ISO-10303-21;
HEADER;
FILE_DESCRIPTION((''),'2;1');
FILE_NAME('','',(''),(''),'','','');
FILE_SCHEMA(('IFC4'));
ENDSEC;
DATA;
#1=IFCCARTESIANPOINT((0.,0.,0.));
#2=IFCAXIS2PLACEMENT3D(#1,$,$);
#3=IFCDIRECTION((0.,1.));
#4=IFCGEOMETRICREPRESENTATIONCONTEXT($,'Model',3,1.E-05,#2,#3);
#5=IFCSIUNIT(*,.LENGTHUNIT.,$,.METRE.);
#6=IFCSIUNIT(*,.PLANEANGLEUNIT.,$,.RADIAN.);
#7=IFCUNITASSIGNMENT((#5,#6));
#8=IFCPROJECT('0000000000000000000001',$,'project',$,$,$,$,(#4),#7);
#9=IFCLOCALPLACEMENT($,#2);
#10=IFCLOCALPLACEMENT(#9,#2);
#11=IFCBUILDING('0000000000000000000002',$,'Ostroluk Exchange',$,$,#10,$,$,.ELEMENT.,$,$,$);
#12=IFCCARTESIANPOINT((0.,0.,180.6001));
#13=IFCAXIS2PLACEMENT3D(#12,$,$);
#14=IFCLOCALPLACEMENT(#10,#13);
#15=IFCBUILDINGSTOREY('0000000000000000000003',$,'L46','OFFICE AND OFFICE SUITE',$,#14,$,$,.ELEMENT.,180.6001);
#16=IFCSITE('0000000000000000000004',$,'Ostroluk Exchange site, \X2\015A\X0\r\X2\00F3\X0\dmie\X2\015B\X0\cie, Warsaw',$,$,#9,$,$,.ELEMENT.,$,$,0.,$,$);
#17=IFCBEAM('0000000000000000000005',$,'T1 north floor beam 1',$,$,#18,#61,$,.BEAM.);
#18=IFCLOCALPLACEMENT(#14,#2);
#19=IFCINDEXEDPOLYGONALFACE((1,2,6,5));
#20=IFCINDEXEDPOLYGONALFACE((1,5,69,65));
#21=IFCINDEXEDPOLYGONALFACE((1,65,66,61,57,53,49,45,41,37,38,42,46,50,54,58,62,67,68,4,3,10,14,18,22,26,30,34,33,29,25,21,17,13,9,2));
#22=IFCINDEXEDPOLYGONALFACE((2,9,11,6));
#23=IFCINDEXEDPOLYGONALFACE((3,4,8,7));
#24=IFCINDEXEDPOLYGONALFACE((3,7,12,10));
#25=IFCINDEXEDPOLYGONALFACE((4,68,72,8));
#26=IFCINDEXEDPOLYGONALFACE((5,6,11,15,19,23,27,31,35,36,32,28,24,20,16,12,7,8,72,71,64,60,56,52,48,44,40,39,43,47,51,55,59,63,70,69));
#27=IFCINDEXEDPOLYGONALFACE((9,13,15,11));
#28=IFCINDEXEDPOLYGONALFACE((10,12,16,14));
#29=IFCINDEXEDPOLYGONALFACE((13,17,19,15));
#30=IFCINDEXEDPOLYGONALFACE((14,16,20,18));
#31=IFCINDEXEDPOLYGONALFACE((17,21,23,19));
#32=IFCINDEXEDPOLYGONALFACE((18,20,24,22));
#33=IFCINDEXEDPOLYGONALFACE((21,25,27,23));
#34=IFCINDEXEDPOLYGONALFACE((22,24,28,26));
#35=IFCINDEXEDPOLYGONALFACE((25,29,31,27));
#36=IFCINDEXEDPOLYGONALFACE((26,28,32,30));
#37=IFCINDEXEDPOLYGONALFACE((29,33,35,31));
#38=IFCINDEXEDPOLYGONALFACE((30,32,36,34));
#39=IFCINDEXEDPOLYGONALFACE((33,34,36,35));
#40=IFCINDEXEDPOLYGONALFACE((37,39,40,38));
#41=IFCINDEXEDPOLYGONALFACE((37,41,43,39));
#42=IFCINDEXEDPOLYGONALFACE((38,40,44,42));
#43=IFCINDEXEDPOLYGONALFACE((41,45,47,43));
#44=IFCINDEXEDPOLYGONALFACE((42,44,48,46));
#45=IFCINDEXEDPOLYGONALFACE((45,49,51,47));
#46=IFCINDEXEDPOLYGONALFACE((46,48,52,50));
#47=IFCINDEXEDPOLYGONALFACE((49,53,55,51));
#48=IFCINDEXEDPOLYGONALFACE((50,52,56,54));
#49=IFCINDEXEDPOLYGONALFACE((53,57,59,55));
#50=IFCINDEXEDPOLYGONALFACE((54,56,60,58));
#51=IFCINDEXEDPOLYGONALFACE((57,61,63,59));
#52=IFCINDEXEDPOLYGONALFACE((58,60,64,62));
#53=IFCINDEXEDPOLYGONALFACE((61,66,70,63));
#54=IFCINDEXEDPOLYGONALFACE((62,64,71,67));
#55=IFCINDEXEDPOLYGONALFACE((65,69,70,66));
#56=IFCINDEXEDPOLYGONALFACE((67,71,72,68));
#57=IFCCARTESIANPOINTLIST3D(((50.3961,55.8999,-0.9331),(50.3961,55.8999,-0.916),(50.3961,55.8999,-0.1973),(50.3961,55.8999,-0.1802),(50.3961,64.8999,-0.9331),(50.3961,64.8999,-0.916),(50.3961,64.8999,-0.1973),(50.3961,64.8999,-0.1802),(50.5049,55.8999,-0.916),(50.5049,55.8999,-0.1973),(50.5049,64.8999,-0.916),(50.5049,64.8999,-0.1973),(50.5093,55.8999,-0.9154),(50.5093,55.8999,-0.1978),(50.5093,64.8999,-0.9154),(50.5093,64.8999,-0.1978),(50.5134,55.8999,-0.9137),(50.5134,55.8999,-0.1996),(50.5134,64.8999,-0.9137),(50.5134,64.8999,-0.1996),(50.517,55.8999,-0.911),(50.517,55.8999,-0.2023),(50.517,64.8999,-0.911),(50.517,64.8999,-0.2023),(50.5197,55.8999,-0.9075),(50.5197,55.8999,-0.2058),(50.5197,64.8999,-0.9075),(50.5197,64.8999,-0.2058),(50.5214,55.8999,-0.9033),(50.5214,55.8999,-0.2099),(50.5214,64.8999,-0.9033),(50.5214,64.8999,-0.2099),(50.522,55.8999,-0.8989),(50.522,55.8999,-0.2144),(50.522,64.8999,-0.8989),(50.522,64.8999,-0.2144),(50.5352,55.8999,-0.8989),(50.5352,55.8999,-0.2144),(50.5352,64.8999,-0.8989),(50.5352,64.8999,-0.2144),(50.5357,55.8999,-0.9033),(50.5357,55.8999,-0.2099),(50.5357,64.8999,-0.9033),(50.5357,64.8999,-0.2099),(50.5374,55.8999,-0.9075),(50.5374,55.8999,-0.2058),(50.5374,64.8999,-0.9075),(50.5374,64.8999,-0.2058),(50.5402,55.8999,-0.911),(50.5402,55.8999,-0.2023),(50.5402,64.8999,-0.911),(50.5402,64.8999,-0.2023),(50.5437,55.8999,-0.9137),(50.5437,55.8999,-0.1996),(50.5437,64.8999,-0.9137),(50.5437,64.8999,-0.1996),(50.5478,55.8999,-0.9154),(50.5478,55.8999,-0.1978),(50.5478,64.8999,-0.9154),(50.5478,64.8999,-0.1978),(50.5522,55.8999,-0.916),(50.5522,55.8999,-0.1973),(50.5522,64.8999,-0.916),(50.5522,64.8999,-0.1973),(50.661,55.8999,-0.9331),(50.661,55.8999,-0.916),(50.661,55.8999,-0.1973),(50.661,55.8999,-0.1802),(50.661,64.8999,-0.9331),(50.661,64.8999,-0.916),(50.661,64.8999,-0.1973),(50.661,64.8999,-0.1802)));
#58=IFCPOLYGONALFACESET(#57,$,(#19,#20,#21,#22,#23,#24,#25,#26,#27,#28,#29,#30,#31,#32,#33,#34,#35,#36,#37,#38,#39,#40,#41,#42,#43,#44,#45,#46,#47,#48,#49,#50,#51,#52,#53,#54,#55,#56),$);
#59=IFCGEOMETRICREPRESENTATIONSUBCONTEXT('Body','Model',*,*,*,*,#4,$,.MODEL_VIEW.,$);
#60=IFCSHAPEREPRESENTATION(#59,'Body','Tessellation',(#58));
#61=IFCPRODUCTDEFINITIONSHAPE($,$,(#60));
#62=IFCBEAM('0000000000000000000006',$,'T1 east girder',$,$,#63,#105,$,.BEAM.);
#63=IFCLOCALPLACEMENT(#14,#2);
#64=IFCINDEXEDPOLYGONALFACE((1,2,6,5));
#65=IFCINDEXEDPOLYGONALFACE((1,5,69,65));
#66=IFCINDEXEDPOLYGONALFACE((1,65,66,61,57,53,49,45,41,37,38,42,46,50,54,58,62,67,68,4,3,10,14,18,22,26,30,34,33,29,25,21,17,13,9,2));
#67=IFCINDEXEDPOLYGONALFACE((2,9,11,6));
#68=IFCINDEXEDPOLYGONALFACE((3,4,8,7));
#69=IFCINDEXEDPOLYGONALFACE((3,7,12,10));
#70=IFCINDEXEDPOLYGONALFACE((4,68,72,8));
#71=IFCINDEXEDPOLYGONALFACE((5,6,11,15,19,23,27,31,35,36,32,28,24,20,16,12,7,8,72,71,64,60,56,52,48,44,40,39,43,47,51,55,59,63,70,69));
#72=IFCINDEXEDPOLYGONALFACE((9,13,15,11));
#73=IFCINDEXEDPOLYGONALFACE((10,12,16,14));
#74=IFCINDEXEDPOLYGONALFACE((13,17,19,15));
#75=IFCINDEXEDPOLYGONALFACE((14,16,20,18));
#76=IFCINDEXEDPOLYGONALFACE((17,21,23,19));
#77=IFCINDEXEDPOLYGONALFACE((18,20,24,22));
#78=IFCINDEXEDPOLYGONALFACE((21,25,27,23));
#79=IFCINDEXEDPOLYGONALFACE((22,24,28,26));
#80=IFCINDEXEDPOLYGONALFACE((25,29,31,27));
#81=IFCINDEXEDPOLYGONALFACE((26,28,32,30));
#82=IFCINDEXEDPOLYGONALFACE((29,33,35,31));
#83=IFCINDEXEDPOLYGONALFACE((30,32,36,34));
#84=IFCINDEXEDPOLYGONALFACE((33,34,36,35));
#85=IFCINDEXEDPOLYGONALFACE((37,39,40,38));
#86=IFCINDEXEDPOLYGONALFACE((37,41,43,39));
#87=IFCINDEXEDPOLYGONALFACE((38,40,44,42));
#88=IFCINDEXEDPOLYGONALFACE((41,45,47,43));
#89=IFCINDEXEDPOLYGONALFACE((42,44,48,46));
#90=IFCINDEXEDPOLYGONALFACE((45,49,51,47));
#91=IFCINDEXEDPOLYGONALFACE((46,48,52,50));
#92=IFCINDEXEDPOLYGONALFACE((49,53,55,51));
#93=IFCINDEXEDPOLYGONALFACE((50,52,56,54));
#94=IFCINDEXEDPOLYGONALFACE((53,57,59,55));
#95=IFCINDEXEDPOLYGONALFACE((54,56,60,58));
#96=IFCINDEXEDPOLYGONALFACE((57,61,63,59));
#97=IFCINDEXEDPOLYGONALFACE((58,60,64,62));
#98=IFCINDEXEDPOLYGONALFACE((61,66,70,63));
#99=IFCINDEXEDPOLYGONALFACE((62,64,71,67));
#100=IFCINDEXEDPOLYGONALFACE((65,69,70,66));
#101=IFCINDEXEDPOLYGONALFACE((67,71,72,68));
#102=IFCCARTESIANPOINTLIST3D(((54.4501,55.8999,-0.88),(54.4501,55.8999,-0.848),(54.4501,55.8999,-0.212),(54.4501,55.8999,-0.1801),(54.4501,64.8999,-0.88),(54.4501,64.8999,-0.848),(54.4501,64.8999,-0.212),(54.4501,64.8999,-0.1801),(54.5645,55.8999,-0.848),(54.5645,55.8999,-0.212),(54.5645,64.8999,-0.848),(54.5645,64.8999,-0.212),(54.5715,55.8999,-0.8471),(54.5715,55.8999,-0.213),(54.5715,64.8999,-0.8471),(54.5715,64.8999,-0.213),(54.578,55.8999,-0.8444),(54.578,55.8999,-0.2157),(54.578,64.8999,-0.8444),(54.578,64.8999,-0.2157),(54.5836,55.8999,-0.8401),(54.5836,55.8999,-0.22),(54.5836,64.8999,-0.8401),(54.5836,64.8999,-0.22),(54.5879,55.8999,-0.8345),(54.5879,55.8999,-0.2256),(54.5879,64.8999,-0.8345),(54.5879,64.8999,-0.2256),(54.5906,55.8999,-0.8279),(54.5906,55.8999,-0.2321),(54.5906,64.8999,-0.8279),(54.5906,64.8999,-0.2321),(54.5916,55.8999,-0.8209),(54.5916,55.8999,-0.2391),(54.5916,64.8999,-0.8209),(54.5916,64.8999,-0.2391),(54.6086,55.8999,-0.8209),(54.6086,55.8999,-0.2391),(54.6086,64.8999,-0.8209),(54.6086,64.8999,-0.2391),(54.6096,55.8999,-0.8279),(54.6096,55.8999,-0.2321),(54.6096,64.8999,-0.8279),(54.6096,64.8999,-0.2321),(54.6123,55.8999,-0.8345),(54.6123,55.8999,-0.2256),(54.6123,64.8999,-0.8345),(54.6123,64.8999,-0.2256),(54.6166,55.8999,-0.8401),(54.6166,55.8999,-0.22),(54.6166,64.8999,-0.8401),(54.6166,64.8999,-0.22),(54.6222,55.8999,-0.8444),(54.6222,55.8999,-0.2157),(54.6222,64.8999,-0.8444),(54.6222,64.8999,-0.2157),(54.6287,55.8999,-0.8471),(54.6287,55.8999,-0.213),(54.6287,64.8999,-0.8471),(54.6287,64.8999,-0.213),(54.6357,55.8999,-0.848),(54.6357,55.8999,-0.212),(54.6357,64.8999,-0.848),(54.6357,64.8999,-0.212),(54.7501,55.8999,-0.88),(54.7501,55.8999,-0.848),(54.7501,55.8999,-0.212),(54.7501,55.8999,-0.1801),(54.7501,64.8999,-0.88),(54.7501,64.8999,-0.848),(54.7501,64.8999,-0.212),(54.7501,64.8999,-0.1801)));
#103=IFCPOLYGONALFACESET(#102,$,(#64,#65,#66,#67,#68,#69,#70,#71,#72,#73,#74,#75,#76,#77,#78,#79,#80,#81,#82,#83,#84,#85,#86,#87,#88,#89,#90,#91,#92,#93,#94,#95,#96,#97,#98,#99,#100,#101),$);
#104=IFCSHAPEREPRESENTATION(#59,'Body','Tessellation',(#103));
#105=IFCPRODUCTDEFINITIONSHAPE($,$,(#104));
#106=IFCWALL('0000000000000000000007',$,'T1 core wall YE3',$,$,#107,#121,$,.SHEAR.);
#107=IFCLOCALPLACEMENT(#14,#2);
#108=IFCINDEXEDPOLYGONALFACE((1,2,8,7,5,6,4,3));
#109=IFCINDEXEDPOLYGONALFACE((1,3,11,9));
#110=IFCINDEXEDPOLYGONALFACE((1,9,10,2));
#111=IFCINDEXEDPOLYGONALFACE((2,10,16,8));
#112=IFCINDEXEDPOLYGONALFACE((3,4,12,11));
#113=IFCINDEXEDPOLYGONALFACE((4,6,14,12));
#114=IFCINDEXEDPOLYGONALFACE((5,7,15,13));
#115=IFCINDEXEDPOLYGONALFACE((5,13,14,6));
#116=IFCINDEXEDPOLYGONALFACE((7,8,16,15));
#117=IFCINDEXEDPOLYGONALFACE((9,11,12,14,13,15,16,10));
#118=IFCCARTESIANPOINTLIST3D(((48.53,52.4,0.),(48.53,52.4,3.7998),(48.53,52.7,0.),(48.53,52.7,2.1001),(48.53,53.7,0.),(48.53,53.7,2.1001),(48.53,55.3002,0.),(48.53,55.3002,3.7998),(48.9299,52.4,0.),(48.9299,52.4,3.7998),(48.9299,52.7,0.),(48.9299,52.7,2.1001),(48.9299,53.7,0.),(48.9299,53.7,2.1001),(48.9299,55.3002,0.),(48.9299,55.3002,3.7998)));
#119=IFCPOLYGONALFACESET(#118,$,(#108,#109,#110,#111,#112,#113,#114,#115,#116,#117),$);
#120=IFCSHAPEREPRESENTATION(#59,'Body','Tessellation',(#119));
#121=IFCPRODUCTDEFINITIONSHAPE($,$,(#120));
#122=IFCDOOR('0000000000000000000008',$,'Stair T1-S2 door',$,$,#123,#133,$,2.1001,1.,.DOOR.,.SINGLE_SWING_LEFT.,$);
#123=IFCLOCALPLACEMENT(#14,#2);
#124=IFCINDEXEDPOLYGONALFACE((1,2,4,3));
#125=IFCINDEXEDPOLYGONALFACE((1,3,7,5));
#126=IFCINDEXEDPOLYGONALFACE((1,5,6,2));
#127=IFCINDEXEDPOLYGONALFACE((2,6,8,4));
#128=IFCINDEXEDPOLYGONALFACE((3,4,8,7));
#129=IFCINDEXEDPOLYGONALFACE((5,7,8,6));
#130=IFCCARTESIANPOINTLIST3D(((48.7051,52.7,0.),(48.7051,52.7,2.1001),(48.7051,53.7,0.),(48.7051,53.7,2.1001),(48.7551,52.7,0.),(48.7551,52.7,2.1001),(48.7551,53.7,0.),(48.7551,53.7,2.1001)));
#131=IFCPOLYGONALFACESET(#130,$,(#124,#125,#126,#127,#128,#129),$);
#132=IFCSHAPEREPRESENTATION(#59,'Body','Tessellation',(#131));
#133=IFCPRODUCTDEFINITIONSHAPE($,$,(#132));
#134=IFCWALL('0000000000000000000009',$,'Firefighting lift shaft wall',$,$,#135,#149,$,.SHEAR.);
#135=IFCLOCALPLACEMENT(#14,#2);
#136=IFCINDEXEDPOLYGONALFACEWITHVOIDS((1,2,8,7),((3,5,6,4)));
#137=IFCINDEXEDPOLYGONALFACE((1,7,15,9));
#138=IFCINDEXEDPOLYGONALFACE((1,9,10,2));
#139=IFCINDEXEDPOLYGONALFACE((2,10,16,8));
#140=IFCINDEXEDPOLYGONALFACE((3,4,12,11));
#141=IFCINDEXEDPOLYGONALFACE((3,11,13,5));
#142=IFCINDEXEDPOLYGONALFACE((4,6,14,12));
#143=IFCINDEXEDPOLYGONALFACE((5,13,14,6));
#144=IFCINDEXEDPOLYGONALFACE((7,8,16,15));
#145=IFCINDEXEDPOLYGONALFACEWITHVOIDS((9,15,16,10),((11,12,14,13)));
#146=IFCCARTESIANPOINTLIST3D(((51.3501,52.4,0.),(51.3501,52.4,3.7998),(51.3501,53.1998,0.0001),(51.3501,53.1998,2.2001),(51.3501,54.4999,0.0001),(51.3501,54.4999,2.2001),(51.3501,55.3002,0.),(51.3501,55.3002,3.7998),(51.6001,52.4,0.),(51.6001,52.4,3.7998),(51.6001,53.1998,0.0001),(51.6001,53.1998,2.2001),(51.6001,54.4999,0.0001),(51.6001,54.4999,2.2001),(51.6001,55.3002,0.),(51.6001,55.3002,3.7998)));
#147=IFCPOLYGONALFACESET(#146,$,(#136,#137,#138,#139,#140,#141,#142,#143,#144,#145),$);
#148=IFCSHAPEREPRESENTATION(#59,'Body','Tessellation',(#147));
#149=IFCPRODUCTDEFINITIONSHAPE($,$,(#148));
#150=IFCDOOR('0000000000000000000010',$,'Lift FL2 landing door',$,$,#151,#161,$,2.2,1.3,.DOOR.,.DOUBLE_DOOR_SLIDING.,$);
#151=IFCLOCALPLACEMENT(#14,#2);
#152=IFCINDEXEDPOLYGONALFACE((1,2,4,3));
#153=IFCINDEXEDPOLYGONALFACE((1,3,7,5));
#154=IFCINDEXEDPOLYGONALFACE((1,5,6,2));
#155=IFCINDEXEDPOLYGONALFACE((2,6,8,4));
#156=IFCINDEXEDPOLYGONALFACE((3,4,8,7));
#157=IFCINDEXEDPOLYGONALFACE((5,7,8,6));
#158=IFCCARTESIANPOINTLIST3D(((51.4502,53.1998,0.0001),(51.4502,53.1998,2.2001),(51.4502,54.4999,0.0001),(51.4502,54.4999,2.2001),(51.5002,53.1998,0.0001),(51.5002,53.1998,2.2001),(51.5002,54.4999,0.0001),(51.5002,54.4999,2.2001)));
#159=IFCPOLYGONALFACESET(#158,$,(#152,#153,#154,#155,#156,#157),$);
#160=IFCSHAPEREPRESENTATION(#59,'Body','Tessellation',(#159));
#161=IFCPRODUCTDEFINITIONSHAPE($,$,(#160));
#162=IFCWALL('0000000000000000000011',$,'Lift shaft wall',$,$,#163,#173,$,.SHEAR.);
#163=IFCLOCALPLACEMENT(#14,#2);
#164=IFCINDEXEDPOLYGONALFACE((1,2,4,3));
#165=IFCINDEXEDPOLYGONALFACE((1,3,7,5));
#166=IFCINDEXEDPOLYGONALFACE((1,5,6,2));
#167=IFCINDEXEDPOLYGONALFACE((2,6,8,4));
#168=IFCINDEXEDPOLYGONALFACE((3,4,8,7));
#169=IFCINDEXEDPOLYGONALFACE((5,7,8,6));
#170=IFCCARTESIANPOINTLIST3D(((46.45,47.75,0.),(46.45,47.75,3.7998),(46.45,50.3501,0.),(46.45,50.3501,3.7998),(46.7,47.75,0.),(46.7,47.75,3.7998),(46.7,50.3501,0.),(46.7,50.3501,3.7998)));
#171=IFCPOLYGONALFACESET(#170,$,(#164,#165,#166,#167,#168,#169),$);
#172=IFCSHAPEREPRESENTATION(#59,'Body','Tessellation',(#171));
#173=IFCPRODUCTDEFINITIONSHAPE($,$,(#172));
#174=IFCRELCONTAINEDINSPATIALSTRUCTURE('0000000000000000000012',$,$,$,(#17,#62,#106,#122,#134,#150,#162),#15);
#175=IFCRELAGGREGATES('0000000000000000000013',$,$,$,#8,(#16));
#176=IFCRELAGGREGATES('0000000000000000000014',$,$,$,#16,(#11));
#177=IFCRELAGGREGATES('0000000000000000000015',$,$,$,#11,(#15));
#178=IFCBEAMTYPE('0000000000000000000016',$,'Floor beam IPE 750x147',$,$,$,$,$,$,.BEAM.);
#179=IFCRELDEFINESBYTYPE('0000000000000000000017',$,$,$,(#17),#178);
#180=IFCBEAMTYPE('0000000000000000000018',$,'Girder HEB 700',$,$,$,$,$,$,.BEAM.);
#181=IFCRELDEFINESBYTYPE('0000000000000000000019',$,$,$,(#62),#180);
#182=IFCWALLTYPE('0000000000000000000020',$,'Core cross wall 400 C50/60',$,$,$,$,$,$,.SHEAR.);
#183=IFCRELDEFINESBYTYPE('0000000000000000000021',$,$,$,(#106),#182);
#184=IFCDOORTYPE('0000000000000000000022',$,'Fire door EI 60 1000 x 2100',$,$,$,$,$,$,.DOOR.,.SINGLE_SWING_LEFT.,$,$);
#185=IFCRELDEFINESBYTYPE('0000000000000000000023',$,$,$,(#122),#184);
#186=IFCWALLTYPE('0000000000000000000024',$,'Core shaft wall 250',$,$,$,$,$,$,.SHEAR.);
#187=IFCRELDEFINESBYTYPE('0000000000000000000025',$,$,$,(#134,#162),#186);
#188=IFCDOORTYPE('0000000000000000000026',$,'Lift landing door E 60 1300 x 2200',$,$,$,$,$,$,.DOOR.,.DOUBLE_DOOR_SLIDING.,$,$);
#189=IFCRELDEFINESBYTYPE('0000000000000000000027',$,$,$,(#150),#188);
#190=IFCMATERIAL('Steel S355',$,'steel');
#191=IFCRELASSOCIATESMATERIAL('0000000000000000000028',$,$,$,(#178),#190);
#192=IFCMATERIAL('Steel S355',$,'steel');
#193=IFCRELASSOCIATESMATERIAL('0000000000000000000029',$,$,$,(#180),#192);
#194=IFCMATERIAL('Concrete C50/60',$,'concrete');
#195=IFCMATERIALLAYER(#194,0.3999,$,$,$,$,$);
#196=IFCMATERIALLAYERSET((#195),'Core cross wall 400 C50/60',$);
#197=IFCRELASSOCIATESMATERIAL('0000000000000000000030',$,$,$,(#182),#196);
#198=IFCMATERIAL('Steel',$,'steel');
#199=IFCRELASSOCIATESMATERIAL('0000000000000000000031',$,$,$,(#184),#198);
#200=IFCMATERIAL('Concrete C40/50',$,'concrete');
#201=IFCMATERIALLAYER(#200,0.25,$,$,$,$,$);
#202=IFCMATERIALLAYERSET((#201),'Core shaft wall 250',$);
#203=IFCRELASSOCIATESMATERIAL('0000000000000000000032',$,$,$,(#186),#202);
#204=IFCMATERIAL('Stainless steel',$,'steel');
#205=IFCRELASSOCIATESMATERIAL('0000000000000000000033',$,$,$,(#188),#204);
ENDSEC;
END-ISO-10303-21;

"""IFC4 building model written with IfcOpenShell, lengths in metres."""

from ifc_helpers import new_model, si_unit, direction, frame, frame_2d, origin, origin_2d, place, context, subcontext, project, spatial, rectangle, i_section, extrude, material, layer, layer_set, material_profile, profile_set, type_object, element, fill, save


model = new_model("IFC4")

# Units and contexts
model_context = context("Model", 3, precision=1e-05, world=origin(), true_north=direction((0.0, 1.0)))
body_context = subcontext(model_context, "Body", "Model", "MODEL_VIEW")
ifc_project = project(units=[si_unit("LENGTHUNIT", "METRE"), si_unit("PLANEANGLEUNIT", "RADIAN")], contexts=[model_context])

# Site, building, storey
site_placement = place(None, origin())
site = spatial("IfcSite", under=ifc_project, at=site_placement, Name="Ostroluk Exchange site, Śródmieście, Warsaw", CompositionType="ELEMENT", RefElevation=0.0)
building_placement = place(site_placement, origin())
building = spatial("IfcBuilding", under=site, at=building_placement, Name="Ostroluk Exchange", CompositionType="ELEMENT")
storey_placement = place(building_placement, frame((0.0, 0.0, 180.6001)))
storey = spatial("IfcBuildingStorey", under=building, at=storey_placement, Name="L46", Description="OFFICE AND OFFICE SUITE", CompositionType="ELEMENT", Elevation=180.6001)

# Beams
ifc_material_1 = material(Name="Steel S355", Category="steel")
ifc_material_profile_1 = material_profile(ifc_material_1, i_section(OverallWidth=0.2649, OverallDepth=0.7529, WebThickness=0.0132, FlangeThickness=0.0171, FilletRadius=0.0171, at=origin_2d()), Name="IPE 750x147")
ifc_profile_set_1 = profile_set([ifc_material_profile_1], Name="Steel S355")
beam_type_1 = type_object("IfcBeamType", Name="Floor beam IPE 750x147", PredefinedType="BEAM", material=ifc_profile_set_1)
beam_1_placement = place(storey_placement, frame((50.5286, 55.8999, -0.5566), z_axis=(0.0, 1.0, 0.0), x_axis=(-1.0, 0.0, 0.0)))
element("IfcBeam", 1, at=beam_1_placement, inside=storey, type_object=beam_type_1, Name="T1 north floor beam 1", PredefinedType="BEAM", context=body_context, shape_type="SweptSolid", body=[
    extrude(i_section(OverallWidth=0.2649, OverallDepth=0.7529, WebThickness=0.0132, FlangeThickness=0.0171, FilletRadius=0.0171, at=origin_2d()), origin(), (0.0, 0.0, 1.0), 9.0),
])
ifc_material_2 = material(Name="Steel S355", Category="steel")
ifc_material_profile_2 = material_profile(ifc_material_2, i_section(OverallWidth=0.3, OverallDepth=0.7, WebThickness=0.0171, FlangeThickness=0.032, FilletRadius=0.0271, at=origin_2d()), Name="HEB 700")
ifc_profile_set_2 = profile_set([ifc_material_profile_2], Name="Steel S355")
beam_type_2 = type_object("IfcBeamType", Name="Girder HEB 700", PredefinedType="BEAM", material=ifc_profile_set_2)
beam_2_placement = place(storey_placement, frame((54.6001, 55.8999, -0.53), z_axis=(0.0, 1.0, 0.0), x_axis=(-1.0, 0.0, 0.0)))
element("IfcBeam", 2, at=beam_2_placement, inside=storey, type_object=beam_type_2, Name="T1 east girder", PredefinedType="BEAM", context=body_context, shape_type="SweptSolid", body=[
    extrude(i_section(OverallWidth=0.3, OverallDepth=0.7, WebThickness=0.0171, FlangeThickness=0.032, FilletRadius=0.0271, at=origin_2d()), origin(), (0.0, 0.0, 1.0), 9.0),
])

# Walls, openings, doors
ifc_material_3 = material(Name="Concrete C50/60", Category="concrete")
ifc_layer_1 = layer(ifc_material_3, 0.3999)
ifc_layer_set_1 = layer_set([ifc_layer_1], Name="Core cross wall 400 C50/60")
wall_type_1 = type_object("IfcWallType", Name="Core cross wall 400 C50/60", PredefinedType="SHEAR", material=ifc_layer_set_1)
wall_1_placement = place(storey_placement, frame((48.73, 52.3999, 0.0), z_axis=(0.0, 0.0, 1.0), x_axis=(0.0, 1.0, 0.0)))
wall_1 = element("IfcWall", 3, at=wall_1_placement, inside=storey, type_object=wall_type_1, Name="T1 core wall YE3", PredefinedType="SHEAR", context=body_context, shape_type="SweptSolid", body=[
    extrude(rectangle(XDim=2.9001, YDim=0.3999, at=frame_2d((1.4502, 0.0))), origin(), (0.0, 0.0, 1.0), 3.7998),
])
opening_1_placement = place(wall_1_placement, frame((0.3, 0.0, 0.0)))
opening_1 = element("IfcOpeningElement", 4, at=opening_1_placement, cuts=wall_1, PredefinedType="OPENING", context=body_context, shape_type="SweptSolid", body=[
    extrude(rectangle(XDim=1.0, YDim=2.1001, at=frame_2d((0.5, 1.05))), frame((0.0, 0.21, 0.0), z_axis=(0.0, -1.0, 0.0), x_axis=(1.0, 0.0, 0.0)), (0.0, 0.0, 1.0), 0.4199),
])
ifc_material_4 = material(Name="Steel", Category="steel")
door_type_1 = type_object("IfcDoorType", Name="Fire door EI 60 1000 x 2100", OperationType="SINGLE_SWING_LEFT", PredefinedType="DOOR", material=ifc_material_4)
door_1_placement = place(opening_1_placement, origin())
door_1 = element("IfcDoor", 5, at=door_1_placement, inside=storey, type_object=door_type_1, Name="Stair T1-S2 door", OperationType="SINGLE_SWING_LEFT", OverallHeight=2.1001, OverallWidth=1.0, PredefinedType="DOOR", context=body_context, shape_type="SweptSolid", body=[
    extrude(rectangle(XDim=1.0, YDim=2.1001, at=frame_2d((0.5, 1.05))), frame((0.0, 0.0249, 0.0), z_axis=(0.0, -1.0, 0.0), x_axis=(1.0, 0.0, 0.0)), (0.0, 0.0, 1.0), 0.05),
])
fill(opening_1, door_1)
ifc_material_5 = material(Name="Concrete C40/50", Category="concrete")
ifc_layer_2 = layer(ifc_material_5, 0.25)
ifc_layer_set_2 = layer_set([ifc_layer_2], Name="Core shaft wall 250")
wall_type_2 = type_object("IfcWallType", Name="Core shaft wall 250", PredefinedType="SHEAR", material=ifc_layer_set_2)
wall_2_placement = place(storey_placement, frame((51.4751, 52.3999, 0.0), z_axis=(0.0, 0.0, 1.0), x_axis=(0.0, 1.0, 0.0)))
wall_2 = element("IfcWall", 6, at=wall_2_placement, inside=storey, type_object=wall_type_2, Name="Firefighting lift shaft wall", PredefinedType="SHEAR", context=body_context, shape_type="SweptSolid", body=[
    extrude(rectangle(XDim=2.9001, YDim=0.25, at=frame_2d((1.4502, 0.0))), origin(), (0.0, 0.0, 1.0), 3.7998),
])
opening_2_placement = place(wall_2_placement, frame((0.8, 0.0, 0.0)))
opening_2 = element("IfcOpeningElement", 7, at=opening_2_placement, cuts=wall_2, PredefinedType="OPENING", context=body_context, shape_type="SweptSolid", body=[
    extrude(rectangle(XDim=1.3, YDim=2.2, at=frame_2d((0.6499, 1.1001))), frame((0.0, 0.135, 0.0), z_axis=(0.0, -1.0, 0.0), x_axis=(1.0, 0.0, 0.0)), (0.0, 0.0, 1.0), 0.27),
])
ifc_material_6 = material(Name="Stainless steel", Category="steel")
door_type_2 = type_object("IfcDoorType", Name="Lift landing door E 60 1300 x 2200", OperationType="DOUBLE_DOOR_SLIDING", PredefinedType="DOOR", material=ifc_material_6)
door_2_placement = place(opening_2_placement, origin())
door_2 = element("IfcDoor", 8, at=door_2_placement, inside=storey, type_object=door_type_2, Name="Lift FL2 landing door", OperationType="DOUBLE_DOOR_SLIDING", OverallHeight=2.2, OverallWidth=1.3, PredefinedType="DOOR", context=body_context, shape_type="SweptSolid", body=[
    extrude(rectangle(XDim=1.3, YDim=2.2, at=frame_2d((0.6499, 1.1001))), frame((0.0, 0.0249, 0.0), z_axis=(0.0, -1.0, 0.0), x_axis=(1.0, 0.0, 0.0)), (0.0, 0.0, 1.0), 0.05),
])
fill(opening_2, door_2)

# Wall
wall_3_placement = place(storey_placement, frame((46.575, 47.75, 0.0), z_axis=(0.0, 0.0, 1.0), x_axis=(0.0, 1.0, 0.0)))
element("IfcWall", 9, at=wall_3_placement, inside=storey, type_object=wall_type_2, Name="Lift shaft wall", PredefinedType="SHEAR", context=body_context, shape_type="SweptSolid", body=[
    extrude(rectangle(XDim=2.6001, YDim=0.25, at=frame_2d((1.3, 0.0))), origin(), (0.0, 0.0, 1.0), 3.7998),
])

save(model, "model.ifc")
